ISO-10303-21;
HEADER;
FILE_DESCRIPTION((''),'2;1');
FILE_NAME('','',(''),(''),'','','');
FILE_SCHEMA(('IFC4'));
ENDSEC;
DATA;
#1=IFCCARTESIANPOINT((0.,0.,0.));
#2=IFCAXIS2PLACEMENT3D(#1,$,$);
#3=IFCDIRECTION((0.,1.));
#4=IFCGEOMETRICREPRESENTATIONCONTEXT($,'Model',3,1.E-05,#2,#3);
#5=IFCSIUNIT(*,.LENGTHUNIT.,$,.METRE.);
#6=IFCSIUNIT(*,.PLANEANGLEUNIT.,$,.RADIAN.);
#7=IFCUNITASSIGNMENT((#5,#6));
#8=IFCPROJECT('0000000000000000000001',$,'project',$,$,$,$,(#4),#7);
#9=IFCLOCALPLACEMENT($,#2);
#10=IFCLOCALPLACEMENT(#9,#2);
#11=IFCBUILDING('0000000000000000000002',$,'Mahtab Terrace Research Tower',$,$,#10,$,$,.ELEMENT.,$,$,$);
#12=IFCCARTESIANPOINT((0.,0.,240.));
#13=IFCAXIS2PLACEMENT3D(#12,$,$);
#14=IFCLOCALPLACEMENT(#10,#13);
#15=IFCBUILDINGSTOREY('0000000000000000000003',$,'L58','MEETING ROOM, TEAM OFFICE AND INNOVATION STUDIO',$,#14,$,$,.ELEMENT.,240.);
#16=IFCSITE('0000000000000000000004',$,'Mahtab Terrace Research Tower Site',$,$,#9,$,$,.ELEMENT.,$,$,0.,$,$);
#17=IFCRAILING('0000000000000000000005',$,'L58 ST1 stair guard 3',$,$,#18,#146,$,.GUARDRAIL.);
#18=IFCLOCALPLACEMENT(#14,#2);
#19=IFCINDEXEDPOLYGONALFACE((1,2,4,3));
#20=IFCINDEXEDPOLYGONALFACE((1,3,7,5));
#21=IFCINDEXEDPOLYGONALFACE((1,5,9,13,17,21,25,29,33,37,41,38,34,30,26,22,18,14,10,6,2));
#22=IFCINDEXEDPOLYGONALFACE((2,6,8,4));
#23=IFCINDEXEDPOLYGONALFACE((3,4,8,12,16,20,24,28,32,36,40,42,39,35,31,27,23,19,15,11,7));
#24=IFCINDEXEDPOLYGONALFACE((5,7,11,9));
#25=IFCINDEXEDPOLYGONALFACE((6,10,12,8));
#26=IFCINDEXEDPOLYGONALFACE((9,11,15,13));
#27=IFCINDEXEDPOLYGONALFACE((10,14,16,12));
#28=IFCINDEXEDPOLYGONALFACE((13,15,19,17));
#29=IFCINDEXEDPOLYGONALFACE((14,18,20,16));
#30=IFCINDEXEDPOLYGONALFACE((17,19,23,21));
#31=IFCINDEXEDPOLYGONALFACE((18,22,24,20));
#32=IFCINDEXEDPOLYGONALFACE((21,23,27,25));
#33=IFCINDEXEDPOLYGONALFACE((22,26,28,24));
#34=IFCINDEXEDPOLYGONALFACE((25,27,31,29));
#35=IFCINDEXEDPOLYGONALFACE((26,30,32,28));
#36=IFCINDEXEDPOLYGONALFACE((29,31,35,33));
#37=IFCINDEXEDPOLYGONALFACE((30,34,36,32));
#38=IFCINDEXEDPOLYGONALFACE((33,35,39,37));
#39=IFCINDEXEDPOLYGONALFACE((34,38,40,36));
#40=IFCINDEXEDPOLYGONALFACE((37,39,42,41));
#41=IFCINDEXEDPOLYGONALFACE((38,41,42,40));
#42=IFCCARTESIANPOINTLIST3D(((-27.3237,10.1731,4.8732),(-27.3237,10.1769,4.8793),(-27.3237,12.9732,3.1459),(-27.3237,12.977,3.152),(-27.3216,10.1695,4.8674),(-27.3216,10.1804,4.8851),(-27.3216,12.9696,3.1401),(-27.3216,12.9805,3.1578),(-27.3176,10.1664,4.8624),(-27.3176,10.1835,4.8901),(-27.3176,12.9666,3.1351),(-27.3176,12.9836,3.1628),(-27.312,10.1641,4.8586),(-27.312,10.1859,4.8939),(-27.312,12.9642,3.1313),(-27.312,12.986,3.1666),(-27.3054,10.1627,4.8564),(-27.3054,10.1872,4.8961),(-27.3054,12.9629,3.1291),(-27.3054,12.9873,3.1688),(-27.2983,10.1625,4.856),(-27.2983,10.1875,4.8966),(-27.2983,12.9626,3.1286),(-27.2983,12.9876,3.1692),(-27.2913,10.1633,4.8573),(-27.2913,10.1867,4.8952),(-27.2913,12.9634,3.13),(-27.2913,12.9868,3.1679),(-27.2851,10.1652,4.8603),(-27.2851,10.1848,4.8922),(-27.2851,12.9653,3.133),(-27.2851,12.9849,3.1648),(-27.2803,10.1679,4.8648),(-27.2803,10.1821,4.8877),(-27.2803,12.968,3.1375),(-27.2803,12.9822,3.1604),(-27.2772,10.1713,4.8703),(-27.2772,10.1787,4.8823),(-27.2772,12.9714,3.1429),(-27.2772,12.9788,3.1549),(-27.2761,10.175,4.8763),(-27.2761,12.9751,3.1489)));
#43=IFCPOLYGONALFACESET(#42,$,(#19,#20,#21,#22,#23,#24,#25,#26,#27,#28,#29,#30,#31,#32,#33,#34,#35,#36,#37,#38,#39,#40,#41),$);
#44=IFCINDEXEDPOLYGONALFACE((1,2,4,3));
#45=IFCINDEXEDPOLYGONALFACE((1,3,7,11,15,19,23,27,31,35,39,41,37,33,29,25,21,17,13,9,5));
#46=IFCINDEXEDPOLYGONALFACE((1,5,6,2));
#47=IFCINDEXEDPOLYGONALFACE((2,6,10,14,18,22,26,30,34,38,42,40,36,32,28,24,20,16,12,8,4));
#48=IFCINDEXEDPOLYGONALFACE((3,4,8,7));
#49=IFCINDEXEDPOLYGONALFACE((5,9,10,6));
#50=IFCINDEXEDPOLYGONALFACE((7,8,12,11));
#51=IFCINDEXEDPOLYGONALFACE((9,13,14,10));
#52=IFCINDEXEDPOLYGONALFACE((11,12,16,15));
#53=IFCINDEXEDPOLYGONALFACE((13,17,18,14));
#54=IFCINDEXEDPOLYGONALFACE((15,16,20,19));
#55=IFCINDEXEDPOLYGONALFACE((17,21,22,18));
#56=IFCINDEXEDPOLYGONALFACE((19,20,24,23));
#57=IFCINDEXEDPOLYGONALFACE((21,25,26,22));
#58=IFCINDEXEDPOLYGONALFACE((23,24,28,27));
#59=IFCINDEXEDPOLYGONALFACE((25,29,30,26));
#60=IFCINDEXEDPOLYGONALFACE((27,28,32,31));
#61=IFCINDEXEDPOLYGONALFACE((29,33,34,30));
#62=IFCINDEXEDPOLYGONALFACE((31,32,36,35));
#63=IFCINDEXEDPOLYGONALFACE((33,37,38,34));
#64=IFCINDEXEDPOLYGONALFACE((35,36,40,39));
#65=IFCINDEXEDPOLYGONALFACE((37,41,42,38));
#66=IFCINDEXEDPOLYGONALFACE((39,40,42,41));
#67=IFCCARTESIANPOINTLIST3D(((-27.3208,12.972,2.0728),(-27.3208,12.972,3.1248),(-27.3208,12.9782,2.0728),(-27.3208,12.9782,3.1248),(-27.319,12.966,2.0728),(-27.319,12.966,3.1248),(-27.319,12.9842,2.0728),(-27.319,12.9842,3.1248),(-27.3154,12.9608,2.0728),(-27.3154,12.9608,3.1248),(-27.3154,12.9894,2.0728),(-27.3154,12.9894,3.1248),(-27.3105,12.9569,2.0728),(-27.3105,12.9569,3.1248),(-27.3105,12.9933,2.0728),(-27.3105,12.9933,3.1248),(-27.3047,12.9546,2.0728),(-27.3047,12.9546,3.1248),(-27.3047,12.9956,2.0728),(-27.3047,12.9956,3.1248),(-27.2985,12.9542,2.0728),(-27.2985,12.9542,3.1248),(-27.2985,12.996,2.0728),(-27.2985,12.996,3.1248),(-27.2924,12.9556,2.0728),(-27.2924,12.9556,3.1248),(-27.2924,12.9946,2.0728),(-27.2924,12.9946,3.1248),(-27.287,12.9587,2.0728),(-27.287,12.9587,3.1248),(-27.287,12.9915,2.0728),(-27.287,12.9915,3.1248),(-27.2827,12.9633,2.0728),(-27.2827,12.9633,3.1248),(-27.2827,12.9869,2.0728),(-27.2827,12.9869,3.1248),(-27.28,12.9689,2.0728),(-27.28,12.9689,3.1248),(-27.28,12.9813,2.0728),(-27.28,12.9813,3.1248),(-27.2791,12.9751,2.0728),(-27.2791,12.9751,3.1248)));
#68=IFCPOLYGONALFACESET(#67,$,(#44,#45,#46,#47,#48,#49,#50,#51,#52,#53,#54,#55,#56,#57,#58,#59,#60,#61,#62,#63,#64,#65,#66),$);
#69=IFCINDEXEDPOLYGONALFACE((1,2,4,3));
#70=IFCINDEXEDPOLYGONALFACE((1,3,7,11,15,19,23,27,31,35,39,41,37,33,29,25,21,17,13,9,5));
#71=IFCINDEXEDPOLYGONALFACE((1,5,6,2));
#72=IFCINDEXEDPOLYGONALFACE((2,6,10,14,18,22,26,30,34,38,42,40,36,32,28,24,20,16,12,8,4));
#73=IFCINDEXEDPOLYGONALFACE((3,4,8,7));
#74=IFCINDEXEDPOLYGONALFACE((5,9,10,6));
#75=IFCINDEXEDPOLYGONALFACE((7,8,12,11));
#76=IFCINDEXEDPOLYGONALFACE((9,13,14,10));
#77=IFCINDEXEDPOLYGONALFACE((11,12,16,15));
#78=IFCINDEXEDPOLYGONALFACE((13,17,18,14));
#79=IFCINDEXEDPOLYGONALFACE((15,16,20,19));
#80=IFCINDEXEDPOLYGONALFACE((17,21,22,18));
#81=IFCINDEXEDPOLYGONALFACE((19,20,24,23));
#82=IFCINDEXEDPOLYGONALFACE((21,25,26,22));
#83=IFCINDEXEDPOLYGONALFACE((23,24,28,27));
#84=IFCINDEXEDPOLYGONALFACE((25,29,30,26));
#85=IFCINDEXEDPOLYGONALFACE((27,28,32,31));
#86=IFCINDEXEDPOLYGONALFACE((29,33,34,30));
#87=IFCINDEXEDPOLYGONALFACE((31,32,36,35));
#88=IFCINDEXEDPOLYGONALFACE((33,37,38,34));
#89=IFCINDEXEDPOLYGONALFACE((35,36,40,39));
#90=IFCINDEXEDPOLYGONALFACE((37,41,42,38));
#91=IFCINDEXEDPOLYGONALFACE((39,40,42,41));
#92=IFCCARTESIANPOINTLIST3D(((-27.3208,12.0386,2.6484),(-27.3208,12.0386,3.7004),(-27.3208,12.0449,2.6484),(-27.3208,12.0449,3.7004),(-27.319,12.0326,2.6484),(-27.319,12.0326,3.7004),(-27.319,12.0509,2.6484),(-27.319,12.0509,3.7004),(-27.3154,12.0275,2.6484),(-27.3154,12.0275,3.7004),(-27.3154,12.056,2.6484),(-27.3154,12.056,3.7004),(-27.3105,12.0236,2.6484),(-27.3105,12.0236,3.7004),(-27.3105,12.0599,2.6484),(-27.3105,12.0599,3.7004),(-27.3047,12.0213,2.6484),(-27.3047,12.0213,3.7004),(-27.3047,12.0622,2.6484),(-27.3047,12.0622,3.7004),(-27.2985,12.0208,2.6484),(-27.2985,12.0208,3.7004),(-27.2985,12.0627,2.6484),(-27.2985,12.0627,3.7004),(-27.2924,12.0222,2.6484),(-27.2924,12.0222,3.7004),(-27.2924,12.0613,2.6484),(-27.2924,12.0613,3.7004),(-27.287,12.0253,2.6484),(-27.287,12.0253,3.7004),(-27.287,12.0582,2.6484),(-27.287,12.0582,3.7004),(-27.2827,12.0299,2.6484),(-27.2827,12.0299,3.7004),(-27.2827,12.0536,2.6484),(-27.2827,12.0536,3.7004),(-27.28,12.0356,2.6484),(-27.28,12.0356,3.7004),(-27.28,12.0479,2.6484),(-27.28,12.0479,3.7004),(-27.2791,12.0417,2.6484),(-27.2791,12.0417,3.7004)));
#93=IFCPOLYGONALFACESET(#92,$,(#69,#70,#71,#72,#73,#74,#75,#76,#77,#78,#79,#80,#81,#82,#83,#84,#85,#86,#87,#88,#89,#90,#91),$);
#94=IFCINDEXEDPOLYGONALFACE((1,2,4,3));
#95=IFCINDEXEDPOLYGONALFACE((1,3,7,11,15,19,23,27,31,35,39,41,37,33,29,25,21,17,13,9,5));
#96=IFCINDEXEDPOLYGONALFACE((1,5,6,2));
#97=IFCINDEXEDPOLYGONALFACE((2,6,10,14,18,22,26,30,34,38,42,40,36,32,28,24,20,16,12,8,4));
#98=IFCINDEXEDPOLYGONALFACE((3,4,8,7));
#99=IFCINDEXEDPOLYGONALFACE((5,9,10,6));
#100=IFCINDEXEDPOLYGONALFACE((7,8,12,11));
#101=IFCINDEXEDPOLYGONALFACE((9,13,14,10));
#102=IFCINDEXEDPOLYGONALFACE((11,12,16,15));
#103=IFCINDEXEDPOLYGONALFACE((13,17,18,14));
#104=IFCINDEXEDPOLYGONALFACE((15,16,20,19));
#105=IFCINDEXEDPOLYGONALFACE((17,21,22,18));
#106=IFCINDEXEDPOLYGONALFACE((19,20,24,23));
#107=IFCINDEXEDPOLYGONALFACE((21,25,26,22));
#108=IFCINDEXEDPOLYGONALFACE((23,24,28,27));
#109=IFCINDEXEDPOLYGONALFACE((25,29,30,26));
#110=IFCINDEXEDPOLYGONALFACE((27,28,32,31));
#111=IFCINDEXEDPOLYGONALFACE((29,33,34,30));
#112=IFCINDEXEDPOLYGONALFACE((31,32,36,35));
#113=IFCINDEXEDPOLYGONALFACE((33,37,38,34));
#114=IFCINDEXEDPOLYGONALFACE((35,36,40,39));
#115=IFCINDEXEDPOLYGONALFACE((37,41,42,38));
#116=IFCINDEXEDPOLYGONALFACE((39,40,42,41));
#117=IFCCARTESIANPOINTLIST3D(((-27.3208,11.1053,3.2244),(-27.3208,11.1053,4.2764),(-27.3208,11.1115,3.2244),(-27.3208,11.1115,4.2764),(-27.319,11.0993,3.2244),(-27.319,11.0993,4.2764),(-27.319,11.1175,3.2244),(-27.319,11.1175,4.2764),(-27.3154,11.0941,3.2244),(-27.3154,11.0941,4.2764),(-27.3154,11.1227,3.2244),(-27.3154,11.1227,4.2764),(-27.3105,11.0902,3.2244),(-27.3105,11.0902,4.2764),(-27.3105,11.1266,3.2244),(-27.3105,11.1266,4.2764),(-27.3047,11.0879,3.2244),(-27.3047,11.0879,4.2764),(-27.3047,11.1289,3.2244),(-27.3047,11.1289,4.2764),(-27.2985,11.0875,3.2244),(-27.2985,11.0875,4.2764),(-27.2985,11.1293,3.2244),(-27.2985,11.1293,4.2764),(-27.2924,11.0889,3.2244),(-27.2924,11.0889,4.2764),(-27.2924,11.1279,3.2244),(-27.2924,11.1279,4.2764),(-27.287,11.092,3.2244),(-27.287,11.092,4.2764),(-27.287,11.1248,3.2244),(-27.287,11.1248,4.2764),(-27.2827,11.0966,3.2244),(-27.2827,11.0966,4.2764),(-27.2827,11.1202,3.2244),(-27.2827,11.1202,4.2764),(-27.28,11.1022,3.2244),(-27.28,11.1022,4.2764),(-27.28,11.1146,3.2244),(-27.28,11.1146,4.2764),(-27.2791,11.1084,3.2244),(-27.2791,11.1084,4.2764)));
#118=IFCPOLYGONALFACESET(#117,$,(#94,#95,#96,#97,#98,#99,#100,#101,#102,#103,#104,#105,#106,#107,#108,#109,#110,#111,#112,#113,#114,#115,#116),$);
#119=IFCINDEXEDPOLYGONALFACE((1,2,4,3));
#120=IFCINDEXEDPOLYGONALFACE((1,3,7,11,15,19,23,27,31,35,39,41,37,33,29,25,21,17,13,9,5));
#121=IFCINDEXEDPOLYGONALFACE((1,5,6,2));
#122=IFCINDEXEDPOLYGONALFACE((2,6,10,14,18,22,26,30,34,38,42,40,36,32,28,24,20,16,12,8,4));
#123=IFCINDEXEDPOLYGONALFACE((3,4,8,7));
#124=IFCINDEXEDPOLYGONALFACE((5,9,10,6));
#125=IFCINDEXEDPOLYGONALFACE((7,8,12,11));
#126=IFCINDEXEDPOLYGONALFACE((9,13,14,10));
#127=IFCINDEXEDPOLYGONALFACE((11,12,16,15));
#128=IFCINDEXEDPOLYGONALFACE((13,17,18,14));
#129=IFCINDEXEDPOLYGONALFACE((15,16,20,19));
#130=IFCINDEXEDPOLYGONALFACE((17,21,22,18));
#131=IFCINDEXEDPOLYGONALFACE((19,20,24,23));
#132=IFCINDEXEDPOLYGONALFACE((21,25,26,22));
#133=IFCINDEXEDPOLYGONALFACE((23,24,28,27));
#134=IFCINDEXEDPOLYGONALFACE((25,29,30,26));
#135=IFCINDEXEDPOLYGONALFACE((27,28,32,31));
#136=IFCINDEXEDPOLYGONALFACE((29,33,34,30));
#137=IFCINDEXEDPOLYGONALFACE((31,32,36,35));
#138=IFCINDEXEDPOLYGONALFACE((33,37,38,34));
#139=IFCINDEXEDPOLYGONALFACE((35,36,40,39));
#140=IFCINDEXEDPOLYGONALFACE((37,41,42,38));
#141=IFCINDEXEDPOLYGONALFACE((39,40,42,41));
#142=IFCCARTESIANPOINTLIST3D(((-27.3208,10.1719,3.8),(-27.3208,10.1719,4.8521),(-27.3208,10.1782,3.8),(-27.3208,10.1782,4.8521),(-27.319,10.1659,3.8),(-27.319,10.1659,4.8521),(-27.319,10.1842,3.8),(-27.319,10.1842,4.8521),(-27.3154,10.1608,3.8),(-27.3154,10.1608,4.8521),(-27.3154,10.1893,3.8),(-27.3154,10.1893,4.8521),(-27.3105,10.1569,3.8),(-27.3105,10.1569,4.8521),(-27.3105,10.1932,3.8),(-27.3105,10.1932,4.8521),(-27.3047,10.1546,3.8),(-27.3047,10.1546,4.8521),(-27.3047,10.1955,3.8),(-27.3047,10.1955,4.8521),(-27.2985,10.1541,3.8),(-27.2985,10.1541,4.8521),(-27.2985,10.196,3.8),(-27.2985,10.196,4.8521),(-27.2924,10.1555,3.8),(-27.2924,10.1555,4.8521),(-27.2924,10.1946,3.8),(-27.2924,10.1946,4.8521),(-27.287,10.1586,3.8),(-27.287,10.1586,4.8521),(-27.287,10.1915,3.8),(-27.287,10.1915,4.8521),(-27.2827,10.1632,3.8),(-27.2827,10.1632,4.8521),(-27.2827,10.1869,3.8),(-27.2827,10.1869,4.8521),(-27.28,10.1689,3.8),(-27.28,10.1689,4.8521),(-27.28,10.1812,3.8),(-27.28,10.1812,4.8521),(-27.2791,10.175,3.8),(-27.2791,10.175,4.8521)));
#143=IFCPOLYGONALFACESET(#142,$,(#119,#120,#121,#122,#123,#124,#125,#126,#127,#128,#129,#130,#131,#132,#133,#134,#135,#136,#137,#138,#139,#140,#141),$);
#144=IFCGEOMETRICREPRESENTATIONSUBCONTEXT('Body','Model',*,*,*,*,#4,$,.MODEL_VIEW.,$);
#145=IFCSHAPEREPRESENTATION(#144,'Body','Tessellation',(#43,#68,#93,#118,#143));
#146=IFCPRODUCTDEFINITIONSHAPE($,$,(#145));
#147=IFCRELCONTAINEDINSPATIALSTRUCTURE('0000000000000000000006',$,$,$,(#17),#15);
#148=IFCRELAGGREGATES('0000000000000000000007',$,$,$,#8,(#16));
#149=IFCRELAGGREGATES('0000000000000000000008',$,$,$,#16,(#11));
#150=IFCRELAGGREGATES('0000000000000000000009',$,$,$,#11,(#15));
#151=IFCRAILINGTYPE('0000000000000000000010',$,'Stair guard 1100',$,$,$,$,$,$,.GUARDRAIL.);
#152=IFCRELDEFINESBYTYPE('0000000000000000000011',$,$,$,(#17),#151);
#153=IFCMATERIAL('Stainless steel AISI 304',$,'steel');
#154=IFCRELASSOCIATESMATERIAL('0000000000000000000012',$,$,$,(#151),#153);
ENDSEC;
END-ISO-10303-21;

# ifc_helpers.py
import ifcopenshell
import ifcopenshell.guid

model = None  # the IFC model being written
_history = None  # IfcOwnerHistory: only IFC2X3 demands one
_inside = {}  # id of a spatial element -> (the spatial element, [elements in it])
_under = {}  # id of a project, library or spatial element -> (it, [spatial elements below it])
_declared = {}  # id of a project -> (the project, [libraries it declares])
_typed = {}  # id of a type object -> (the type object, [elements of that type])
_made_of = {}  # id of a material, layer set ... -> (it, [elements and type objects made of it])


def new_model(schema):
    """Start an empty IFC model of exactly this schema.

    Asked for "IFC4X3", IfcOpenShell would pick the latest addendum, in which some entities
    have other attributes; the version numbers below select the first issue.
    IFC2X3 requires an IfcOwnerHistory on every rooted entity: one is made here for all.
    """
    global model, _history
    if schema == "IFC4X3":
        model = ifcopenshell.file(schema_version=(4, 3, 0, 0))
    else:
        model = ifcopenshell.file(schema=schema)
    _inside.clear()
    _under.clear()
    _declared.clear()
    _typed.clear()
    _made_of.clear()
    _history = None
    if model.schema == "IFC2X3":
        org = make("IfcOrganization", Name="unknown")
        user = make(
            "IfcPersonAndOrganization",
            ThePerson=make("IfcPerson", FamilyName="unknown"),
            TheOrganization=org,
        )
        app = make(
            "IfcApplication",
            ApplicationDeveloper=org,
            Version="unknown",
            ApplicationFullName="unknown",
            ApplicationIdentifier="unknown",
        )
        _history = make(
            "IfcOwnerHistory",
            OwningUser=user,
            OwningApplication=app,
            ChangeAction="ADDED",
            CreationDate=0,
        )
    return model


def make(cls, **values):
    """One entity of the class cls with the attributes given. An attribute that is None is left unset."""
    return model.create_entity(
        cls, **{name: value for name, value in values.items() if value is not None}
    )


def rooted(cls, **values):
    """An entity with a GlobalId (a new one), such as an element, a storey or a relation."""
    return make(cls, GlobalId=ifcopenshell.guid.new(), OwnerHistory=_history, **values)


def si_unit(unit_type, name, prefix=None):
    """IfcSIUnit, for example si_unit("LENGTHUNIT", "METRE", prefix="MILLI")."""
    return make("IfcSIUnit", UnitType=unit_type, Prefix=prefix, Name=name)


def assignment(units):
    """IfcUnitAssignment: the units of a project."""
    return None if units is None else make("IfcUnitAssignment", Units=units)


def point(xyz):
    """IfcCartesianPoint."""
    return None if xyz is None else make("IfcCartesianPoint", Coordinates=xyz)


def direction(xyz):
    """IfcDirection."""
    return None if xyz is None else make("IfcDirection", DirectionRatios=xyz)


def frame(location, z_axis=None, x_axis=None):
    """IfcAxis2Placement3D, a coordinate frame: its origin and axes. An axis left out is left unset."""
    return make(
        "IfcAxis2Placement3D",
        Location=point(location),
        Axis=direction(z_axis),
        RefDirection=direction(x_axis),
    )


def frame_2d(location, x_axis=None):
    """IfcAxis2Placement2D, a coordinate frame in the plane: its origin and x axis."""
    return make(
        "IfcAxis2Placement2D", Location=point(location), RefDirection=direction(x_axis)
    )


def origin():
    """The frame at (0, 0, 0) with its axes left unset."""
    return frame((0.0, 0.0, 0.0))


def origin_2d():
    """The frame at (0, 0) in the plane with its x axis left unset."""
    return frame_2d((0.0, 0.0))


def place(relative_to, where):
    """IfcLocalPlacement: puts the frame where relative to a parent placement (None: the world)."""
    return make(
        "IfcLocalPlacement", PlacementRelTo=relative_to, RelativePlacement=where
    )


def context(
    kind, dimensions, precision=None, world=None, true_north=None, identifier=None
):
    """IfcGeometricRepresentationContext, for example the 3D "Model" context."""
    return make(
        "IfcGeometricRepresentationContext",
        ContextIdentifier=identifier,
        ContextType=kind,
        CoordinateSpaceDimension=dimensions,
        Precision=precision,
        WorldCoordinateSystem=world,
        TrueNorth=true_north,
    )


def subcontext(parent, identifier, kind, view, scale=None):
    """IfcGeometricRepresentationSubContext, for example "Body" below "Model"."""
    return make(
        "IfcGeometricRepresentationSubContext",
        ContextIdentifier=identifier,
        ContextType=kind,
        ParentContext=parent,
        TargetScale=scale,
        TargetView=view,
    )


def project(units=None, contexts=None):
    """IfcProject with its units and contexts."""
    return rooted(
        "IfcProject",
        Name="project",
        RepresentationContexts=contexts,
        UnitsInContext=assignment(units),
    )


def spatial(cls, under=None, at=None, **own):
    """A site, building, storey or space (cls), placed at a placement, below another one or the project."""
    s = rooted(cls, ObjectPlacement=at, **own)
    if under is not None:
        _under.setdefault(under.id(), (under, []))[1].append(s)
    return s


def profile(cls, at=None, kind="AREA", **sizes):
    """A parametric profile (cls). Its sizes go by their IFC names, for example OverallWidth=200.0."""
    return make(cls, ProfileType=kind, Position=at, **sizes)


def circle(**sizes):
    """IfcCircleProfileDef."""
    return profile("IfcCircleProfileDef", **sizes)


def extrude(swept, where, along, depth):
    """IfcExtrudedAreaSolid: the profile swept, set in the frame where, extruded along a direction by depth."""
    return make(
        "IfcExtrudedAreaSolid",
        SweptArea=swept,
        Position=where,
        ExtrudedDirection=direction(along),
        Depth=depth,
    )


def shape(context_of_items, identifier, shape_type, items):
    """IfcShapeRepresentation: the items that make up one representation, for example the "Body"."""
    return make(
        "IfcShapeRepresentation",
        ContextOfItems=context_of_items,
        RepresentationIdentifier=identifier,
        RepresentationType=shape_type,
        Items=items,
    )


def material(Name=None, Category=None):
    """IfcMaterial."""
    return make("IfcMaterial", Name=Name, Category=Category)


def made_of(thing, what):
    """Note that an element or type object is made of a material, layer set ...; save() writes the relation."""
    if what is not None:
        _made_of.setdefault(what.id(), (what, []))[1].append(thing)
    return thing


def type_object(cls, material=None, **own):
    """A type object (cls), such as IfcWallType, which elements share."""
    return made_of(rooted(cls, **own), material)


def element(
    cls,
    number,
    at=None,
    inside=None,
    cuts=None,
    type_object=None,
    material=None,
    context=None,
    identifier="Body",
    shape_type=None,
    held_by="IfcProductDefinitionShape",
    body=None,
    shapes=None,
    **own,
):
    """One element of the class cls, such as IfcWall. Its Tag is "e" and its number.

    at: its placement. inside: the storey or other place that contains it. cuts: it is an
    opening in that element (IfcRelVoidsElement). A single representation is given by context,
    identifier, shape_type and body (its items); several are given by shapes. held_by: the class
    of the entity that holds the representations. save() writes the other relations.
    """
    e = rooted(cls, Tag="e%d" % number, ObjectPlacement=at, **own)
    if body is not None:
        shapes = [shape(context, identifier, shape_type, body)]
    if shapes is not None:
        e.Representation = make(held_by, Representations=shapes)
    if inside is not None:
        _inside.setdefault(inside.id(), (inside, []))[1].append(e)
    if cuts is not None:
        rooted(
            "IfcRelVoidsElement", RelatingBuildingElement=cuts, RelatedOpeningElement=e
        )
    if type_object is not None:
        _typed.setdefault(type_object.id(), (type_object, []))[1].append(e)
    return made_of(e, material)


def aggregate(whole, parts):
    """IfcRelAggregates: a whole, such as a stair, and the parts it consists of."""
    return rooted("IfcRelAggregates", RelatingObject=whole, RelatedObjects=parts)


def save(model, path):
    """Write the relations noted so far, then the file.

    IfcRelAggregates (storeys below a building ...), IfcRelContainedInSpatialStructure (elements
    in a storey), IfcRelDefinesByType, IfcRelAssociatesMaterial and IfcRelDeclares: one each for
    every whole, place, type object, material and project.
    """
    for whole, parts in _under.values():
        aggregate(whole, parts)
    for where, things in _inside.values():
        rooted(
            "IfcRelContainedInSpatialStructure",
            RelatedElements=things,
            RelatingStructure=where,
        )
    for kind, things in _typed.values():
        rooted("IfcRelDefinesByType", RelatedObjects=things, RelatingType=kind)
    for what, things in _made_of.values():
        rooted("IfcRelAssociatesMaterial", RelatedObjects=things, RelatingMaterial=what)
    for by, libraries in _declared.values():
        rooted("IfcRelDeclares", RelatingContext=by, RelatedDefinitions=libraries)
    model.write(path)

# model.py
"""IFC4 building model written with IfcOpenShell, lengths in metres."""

from ifc_helpers import new_model, si_unit, direction, frame, origin, origin_2d, place, context, subcontext, project, spatial, circle, extrude, material, type_object, element, save


model = new_model("IFC4")

# Units and contexts
model_context = context("Model", 3, precision=1e-05, world=origin(), true_north=direction((0.0, 1.0)))
body_context = subcontext(model_context, "Body", "Model", "MODEL_VIEW")
ifc_project = project(units=[si_unit("LENGTHUNIT", "METRE"), si_unit("PLANEANGLEUNIT", "RADIAN")], contexts=[model_context])

# Site, building, storey
site_placement = place(None, origin())
site = spatial("IfcSite", under=ifc_project, at=site_placement, Name="Mahtab Terrace Research Tower Site", CompositionType="ELEMENT", RefElevation=0.0)
building_placement = place(site_placement, origin())
building = spatial("IfcBuilding", under=site, at=building_placement, Name="Mahtab Terrace Research Tower", CompositionType="ELEMENT")
storey_placement = place(building_placement, frame((0.0, 0.0, 240.0)))
storey = spatial("IfcBuildingStorey", under=building, at=storey_placement, Name="L58", Description="MEETING ROOM, TEAM OFFICE AND INNOVATION STUDIO", CompositionType="ELEMENT", Elevation=240.0)

# Railing
ifc_material_1 = material(Name="Stainless steel AISI 304", Category="steel")
railing_type_1 = type_object("IfcRailingType", Name="Stair guard 1100", PredefinedType="GUARDRAIL", material=ifc_material_1)
railing_1_placement = place(storey_placement, frame((-27.3, 12.9751, 2.0728)))
element("IfcRailing", 1, at=railing_1_placement, inside=storey, type_object=railing_type_1, Name="L58 ST1 stair guard 3", PredefinedType="GUARDRAIL", context=body_context, shape_type="SweptSolid", body=[
    extrude(circle(Radius=0.0239, at=origin_2d()), frame((0.0, 0.0, 1.0762), z_axis=(0.0, -0.85109, 0.52502), x_axis=(1.0, 0.0, 0.0)), (0.0, 0.0, 1.0), 3.29),
    extrude(circle(Radius=0.021, at=origin_2d()), origin(), (0.0, 0.0, 1.0), 1.052),
    extrude(circle(Radius=0.021, at=origin_2d()), frame((0.0, -0.9333, 0.5757)), (0.0, 0.0, 1.0), 1.052),
    extrude(circle(Radius=0.021, at=origin_2d()), frame((0.0, -1.8667, 1.1516)), (0.0, 0.0, 1.0), 1.052),
    extrude(circle(Radius=0.021, at=origin_2d()), frame((0.0, -2.8, 1.7273)), (0.0, 0.0, 1.0), 1.052),
])

save(model, "model.ifc")
